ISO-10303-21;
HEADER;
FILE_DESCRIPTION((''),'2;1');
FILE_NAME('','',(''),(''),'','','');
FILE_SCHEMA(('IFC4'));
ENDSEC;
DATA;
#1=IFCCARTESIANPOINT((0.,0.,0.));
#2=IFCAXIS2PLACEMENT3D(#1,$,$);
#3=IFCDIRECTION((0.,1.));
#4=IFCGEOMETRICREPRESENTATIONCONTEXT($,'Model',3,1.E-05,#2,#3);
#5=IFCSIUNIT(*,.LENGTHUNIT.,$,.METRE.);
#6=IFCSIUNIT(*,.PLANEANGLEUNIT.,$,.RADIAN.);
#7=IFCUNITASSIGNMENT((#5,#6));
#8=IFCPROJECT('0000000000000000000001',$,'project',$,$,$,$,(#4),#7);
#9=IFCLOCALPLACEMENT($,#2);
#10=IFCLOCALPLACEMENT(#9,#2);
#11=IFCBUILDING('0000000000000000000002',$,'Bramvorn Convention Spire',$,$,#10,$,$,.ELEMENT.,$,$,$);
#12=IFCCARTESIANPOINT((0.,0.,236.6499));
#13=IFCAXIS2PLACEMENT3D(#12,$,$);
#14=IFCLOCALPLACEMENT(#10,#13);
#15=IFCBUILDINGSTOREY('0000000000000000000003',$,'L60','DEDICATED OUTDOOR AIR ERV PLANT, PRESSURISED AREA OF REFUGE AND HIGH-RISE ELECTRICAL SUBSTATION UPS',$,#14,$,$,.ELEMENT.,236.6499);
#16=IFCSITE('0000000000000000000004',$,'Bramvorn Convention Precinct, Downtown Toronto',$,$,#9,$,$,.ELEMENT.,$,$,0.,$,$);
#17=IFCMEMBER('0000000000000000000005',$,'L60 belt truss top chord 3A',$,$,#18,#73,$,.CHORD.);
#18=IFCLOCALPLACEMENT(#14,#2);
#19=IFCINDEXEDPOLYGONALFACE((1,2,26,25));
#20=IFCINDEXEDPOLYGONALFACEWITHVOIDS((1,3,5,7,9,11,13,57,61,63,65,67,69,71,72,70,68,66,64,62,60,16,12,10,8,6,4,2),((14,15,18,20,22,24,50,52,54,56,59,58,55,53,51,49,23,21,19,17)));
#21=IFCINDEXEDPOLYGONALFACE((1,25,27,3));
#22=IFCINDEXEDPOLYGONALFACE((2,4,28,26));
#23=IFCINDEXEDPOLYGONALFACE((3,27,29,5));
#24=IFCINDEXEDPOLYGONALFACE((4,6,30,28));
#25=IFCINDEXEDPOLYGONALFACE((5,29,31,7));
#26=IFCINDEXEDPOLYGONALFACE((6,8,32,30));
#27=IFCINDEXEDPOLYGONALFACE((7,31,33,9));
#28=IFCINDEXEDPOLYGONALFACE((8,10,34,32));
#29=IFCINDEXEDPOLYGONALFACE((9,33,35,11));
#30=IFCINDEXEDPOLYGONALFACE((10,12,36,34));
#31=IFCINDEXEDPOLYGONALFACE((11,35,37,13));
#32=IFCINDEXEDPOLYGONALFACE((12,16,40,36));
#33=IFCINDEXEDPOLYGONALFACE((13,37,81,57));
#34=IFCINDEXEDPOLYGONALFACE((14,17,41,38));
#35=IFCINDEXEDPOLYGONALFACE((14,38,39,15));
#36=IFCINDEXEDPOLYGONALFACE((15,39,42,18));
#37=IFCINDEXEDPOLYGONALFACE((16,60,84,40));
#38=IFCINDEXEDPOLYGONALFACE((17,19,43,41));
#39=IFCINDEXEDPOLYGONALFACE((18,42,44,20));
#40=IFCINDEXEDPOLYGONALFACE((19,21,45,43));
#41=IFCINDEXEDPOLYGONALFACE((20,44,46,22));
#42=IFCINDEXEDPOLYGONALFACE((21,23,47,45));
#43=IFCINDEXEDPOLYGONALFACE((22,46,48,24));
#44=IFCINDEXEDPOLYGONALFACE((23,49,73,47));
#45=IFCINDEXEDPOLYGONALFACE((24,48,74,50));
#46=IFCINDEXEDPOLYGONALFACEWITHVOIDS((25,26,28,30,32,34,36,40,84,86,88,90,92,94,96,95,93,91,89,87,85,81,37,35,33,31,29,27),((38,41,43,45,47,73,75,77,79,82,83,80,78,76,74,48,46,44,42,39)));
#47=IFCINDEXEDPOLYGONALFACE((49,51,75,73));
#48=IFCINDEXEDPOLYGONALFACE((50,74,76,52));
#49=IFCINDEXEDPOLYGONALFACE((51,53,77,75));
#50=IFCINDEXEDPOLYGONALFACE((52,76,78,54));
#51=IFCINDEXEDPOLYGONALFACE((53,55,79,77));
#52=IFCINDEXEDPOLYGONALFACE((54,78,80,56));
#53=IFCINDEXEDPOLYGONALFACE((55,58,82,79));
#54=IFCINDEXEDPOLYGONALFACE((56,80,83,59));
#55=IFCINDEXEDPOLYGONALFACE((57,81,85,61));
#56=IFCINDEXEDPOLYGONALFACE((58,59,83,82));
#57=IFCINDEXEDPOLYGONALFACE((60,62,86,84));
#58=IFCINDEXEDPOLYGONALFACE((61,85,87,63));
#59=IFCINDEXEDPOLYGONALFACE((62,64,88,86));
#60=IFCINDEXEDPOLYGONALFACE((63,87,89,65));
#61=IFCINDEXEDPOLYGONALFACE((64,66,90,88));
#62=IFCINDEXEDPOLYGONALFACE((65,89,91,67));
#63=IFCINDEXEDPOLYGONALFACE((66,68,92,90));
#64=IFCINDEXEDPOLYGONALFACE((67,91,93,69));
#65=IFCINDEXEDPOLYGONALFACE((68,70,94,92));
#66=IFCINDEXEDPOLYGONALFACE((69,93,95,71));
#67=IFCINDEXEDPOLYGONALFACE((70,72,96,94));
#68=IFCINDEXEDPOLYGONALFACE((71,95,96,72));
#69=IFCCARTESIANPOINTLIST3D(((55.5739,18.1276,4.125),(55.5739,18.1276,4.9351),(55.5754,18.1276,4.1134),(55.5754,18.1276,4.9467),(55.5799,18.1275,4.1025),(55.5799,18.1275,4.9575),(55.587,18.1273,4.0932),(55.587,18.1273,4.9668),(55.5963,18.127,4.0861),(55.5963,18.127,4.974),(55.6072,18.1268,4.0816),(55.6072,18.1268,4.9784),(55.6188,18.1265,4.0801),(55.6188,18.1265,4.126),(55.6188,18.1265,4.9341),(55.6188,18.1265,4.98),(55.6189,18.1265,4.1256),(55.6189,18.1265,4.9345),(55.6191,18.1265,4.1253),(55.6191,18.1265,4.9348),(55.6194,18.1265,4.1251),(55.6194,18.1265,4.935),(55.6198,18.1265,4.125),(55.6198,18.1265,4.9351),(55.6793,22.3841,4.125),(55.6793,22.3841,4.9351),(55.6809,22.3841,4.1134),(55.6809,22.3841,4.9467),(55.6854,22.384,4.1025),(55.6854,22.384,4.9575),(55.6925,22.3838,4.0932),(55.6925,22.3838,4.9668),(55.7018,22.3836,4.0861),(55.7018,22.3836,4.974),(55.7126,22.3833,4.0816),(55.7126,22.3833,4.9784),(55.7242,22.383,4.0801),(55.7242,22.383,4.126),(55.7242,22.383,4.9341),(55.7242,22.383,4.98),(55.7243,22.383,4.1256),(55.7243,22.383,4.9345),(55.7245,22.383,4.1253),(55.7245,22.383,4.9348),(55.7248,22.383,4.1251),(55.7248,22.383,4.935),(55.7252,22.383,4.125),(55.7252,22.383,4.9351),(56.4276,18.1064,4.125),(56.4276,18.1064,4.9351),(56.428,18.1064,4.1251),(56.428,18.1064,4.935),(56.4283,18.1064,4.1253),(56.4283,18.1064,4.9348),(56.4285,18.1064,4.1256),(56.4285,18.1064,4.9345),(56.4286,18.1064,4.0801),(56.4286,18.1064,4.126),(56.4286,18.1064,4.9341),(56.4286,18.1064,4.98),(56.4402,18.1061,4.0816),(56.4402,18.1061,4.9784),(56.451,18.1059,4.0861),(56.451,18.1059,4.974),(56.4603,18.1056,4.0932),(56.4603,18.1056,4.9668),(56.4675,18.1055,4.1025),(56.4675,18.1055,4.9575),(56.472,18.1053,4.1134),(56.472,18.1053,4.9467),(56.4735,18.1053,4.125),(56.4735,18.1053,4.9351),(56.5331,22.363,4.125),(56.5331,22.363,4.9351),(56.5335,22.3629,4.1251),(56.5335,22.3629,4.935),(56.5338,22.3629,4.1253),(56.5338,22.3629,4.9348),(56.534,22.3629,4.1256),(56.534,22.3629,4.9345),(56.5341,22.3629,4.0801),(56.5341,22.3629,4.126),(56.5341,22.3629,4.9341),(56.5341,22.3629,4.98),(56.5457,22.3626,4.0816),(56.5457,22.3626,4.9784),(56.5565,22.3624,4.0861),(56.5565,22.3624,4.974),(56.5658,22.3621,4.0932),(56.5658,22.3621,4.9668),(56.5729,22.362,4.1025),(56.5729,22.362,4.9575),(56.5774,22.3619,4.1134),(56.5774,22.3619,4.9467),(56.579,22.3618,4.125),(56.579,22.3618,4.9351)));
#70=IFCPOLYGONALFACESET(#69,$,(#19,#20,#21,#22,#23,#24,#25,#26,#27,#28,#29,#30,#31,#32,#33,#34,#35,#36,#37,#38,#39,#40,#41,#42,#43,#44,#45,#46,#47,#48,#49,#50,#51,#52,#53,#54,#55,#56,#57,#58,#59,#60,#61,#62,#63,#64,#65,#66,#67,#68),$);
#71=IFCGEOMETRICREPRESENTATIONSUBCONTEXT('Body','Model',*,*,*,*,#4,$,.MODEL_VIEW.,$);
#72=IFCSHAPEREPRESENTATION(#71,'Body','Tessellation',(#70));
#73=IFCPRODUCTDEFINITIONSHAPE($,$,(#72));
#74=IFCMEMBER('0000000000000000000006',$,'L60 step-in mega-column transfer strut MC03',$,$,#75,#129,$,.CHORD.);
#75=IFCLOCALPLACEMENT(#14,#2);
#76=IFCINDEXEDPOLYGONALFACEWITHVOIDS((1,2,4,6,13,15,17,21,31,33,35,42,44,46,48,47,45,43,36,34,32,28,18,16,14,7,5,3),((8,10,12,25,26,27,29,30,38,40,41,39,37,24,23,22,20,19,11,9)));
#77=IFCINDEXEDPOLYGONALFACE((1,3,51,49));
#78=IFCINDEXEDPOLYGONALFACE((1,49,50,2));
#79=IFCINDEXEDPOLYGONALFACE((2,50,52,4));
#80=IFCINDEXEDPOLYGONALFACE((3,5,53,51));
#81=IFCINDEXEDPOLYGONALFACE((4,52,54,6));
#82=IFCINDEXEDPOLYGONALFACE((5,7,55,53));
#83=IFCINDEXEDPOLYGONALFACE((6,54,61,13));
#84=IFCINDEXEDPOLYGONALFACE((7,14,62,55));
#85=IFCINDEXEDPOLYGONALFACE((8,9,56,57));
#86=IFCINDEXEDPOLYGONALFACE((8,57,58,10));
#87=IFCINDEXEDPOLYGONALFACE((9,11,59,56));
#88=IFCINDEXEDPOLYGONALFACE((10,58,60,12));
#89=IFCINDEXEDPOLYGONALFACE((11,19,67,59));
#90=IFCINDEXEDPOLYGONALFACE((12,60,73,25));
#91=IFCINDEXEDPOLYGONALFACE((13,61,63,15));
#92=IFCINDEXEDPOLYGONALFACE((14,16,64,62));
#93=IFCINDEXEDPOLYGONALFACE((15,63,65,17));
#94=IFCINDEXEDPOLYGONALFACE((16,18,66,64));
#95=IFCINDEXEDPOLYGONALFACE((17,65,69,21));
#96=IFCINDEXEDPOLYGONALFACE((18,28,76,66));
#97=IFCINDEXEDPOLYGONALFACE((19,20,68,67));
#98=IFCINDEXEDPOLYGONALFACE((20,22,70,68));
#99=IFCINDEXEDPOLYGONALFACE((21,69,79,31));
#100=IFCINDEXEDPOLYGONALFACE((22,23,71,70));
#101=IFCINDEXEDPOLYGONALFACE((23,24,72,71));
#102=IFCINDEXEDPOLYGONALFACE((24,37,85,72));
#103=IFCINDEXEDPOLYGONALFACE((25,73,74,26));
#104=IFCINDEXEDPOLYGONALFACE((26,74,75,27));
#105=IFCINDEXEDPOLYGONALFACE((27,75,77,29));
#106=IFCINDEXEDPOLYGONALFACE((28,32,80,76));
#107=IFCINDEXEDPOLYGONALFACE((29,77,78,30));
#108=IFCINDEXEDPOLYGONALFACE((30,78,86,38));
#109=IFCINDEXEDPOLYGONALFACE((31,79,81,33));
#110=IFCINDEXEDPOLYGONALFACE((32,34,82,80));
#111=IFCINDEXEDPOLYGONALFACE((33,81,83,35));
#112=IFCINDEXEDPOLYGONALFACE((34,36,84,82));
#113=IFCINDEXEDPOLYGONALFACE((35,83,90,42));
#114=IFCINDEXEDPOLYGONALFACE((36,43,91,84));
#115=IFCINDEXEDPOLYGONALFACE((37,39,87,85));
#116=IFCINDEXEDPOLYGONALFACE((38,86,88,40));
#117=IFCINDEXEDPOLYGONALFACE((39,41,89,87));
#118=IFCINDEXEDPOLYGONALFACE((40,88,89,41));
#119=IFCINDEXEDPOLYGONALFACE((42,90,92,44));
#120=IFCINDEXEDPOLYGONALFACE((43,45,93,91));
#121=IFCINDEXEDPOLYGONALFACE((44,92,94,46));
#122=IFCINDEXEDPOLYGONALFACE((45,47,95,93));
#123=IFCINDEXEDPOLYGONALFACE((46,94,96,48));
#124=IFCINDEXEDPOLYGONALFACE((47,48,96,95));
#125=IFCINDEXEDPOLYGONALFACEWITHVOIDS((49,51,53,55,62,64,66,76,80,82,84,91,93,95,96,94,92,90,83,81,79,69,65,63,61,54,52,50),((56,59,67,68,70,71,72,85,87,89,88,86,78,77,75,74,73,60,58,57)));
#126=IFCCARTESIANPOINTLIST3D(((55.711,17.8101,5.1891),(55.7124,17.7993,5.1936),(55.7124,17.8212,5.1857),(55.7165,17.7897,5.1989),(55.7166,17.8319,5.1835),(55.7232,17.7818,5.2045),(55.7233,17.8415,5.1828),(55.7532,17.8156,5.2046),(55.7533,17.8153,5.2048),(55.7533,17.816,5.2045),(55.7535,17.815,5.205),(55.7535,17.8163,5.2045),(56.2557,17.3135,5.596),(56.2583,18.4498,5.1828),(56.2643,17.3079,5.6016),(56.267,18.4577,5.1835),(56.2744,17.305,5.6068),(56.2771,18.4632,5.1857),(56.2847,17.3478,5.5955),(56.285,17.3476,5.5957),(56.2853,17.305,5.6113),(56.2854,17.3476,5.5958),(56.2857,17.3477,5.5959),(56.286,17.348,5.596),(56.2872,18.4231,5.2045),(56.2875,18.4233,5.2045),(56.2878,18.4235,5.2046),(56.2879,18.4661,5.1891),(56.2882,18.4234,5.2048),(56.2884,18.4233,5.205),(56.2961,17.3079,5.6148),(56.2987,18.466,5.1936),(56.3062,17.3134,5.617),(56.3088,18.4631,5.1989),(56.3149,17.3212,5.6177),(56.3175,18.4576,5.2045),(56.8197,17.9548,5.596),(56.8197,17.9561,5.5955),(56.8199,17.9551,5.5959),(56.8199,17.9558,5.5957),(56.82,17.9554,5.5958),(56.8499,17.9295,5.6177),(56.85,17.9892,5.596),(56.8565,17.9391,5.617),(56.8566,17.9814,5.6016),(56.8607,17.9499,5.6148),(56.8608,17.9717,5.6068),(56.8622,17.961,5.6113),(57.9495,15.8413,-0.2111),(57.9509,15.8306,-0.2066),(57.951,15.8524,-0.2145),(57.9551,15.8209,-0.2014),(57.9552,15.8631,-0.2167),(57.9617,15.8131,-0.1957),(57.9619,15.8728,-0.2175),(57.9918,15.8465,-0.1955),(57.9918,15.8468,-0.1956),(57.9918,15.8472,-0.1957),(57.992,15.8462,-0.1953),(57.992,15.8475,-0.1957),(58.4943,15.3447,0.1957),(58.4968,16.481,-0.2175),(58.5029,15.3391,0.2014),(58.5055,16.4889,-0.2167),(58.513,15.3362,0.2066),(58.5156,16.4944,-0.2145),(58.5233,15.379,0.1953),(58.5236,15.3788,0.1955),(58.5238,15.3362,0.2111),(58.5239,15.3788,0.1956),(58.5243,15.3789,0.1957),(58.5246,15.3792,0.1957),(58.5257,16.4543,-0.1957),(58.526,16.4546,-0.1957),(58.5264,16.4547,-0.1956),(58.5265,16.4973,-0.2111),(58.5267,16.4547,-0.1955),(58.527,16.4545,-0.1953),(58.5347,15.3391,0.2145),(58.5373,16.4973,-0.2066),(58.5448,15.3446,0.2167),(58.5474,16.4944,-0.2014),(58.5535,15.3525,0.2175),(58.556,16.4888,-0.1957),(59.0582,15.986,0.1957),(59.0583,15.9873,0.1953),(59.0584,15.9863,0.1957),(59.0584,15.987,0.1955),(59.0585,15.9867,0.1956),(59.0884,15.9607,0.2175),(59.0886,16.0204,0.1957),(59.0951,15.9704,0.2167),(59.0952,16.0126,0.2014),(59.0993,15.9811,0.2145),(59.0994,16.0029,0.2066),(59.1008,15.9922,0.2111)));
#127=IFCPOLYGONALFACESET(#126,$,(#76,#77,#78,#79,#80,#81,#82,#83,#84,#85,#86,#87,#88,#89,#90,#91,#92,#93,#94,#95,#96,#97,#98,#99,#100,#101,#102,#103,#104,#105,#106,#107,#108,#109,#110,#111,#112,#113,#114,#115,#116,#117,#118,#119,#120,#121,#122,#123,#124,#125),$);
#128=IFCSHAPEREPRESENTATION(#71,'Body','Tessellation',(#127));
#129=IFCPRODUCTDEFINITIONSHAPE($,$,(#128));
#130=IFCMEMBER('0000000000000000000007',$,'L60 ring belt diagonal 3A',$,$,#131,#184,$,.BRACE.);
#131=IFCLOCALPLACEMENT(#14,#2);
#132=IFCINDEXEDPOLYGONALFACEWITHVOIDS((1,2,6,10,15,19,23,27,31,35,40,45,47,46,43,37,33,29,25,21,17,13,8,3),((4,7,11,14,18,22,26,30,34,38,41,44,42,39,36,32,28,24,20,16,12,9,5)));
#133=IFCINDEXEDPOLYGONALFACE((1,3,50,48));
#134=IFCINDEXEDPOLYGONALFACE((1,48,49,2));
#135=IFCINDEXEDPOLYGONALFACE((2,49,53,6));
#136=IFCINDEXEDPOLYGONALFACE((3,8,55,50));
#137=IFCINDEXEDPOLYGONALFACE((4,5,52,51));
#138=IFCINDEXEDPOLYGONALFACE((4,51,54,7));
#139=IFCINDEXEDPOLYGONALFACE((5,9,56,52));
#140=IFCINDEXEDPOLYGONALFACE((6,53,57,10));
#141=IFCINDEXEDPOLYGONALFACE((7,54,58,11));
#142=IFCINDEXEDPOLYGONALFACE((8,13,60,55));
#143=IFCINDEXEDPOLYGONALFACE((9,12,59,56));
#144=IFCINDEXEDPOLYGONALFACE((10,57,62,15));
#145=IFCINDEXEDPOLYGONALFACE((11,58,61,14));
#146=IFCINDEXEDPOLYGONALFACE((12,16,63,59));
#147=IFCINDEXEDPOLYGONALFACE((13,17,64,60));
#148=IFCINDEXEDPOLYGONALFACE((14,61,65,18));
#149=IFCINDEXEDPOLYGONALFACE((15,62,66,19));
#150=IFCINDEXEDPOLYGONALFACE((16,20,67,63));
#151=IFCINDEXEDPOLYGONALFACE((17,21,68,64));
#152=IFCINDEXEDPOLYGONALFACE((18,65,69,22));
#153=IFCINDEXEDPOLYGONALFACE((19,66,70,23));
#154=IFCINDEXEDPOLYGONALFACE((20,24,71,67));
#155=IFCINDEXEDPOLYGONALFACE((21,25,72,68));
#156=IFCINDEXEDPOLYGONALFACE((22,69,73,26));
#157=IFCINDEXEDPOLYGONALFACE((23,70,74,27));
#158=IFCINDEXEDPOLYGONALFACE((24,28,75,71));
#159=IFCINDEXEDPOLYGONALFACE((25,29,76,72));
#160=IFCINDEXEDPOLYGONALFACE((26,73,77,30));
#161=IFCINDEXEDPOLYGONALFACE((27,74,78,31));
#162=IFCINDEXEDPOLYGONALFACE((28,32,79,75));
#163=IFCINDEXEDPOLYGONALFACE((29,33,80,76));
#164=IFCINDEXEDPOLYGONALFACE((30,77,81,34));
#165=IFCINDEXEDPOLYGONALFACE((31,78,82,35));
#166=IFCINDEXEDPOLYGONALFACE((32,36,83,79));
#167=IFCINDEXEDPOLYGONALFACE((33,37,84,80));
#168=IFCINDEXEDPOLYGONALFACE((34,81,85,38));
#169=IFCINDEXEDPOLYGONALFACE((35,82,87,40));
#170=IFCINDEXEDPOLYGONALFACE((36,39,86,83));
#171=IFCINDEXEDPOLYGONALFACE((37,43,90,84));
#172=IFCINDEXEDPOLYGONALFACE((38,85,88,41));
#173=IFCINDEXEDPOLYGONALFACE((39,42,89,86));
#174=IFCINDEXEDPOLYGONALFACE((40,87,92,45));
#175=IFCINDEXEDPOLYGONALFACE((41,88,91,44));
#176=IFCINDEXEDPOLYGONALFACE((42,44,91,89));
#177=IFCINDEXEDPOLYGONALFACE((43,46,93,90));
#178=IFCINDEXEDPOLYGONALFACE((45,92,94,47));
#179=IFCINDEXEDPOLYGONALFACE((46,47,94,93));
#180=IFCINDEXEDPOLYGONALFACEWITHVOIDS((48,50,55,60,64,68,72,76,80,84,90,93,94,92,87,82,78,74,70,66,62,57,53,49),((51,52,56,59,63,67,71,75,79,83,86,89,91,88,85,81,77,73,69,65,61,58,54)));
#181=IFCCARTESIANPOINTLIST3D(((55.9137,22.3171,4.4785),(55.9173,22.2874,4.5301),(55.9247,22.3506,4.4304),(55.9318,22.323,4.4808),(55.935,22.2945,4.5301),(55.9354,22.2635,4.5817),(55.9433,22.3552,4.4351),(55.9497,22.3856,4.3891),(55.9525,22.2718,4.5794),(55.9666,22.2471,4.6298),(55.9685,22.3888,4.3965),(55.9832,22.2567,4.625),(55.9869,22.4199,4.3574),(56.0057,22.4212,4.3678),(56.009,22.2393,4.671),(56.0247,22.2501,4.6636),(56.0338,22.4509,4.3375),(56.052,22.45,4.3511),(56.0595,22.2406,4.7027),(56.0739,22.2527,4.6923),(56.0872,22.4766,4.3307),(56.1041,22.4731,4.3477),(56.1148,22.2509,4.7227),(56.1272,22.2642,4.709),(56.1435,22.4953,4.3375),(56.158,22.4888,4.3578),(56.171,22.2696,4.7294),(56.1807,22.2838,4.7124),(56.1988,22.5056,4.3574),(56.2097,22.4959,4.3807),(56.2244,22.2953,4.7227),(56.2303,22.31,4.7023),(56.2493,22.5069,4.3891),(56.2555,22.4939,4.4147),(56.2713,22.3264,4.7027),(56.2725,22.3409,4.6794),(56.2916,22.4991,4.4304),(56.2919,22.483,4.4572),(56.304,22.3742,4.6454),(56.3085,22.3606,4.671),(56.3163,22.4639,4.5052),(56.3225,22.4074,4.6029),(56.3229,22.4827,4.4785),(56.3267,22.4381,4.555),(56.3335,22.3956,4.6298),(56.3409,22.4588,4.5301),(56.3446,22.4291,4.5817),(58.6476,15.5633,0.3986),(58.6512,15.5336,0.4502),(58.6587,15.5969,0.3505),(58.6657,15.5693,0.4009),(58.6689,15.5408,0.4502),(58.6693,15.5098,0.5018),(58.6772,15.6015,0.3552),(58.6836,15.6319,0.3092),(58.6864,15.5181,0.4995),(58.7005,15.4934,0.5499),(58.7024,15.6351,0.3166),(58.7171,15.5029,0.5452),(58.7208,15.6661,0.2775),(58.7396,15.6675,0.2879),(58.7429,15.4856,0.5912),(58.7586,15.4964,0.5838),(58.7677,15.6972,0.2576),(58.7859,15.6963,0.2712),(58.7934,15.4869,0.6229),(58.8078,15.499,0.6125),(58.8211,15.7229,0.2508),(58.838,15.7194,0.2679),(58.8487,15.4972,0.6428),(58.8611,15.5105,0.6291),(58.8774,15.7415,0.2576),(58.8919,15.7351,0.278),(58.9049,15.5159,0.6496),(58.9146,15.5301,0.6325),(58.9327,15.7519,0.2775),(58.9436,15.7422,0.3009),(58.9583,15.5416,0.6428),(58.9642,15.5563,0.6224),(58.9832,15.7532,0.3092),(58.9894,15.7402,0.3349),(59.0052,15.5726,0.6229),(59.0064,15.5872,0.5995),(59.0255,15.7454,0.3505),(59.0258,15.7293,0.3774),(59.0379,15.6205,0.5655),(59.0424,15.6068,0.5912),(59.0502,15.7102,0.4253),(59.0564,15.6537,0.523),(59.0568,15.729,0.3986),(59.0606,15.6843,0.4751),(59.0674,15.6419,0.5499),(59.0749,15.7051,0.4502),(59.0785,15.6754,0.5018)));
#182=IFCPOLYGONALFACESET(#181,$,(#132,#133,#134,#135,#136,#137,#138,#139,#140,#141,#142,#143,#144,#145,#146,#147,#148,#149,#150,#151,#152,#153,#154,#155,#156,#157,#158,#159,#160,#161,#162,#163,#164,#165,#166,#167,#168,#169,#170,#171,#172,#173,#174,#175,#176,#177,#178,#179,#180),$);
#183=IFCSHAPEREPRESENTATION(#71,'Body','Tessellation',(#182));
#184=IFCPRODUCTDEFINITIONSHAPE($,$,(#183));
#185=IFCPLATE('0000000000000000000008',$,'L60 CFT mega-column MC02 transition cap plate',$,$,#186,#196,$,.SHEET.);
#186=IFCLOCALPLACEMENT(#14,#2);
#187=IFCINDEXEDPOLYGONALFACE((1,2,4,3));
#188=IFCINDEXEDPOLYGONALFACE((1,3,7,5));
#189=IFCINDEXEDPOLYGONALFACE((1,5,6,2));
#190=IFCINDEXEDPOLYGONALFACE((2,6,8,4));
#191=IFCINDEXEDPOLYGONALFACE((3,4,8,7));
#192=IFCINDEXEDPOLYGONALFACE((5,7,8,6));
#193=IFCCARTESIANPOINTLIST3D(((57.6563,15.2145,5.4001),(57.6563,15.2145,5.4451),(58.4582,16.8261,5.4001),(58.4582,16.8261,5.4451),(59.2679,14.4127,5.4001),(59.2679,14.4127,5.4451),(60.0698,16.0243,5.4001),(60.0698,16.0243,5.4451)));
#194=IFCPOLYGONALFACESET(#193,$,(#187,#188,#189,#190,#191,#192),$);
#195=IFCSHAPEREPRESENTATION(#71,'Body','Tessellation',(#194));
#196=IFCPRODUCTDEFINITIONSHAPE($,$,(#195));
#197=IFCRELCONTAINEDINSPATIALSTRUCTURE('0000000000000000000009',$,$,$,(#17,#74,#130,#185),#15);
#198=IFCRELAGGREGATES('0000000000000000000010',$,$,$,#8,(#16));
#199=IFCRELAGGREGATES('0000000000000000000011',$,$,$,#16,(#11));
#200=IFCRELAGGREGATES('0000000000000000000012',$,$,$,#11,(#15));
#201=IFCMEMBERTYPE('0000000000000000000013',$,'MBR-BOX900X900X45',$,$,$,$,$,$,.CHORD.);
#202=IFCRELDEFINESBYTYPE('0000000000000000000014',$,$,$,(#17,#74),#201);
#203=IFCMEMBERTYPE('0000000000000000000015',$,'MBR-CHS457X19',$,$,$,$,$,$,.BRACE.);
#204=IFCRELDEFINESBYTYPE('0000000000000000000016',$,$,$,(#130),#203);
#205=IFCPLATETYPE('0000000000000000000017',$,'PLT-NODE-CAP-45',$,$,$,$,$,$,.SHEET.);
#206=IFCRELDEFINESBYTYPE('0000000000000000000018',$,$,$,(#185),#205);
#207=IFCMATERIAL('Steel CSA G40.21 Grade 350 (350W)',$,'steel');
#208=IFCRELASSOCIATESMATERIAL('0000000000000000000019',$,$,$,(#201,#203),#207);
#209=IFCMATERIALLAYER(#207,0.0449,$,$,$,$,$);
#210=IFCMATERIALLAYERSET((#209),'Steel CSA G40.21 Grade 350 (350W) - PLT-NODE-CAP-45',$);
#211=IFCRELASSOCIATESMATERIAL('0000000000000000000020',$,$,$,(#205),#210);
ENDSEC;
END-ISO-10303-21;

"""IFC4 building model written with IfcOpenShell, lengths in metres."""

from ifc_helpers import new_model, si_unit, direction, frame, origin, origin_2d, place, context, subcontext, project, spatial, rectangle, hollow_rectangle, hollow_circle, extrude, material, layer, layer_set, material_profile, profile_set, type_object, element, save


model = new_model("IFC4")

# Units and contexts
model_context = context("Model", 3, precision=1e-05, world=origin(), true_north=direction((0.0, 1.0)))
body_context = subcontext(model_context, "Body", "Model", "MODEL_VIEW")
ifc_project = project(units=[si_unit("LENGTHUNIT", "METRE"), si_unit("PLANEANGLEUNIT", "RADIAN")], contexts=[model_context])

# Site, building, storey
site_placement = place(None, origin())
site = spatial("IfcSite", under=ifc_project, at=site_placement, Name="Bramvorn Convention Precinct, Downtown Toronto", CompositionType="ELEMENT", RefElevation=0.0)
building_placement = place(site_placement, origin())
building = spatial("IfcBuilding", under=site, at=building_placement, Name="Bramvorn Convention Spire", CompositionType="ELEMENT")
storey_placement = place(building_placement, frame((0.0, 0.0, 236.6499)))
storey = spatial("IfcBuildingStorey", under=building, at=storey_placement, Name="L60", Description="DEDICATED OUTDOOR AIR ERV PLANT, PRESSURISED AREA OF REFUGE AND HIGH-RISE ELECTRICAL SUBSTATION UPS", CompositionType="ELEMENT", Elevation=236.6499)

# Shared definitions
ifc_material_1 = material(Name="Steel CSA G40.21 Grade 350 (350W)", Category="steel")

# Members
ifc_material_profile_1 = material_profile(ifc_material_1, hollow_rectangle(XDim=0.8999, YDim=0.8999, WallThickness=0.0449, InnerFilletRadius=0.001, OuterFilletRadius=0.0449, at=origin_2d()))
ifc_profile_set_1 = profile_set([ifc_material_profile_1], Name="Steel CSA G40.21 Grade 350 (350W) - BOX900X900X45")
member_type_1 = type_object("IfcMemberType", Name="MBR-BOX900X900X45", PredefinedType="CHORD", material=ifc_profile_set_1)
member_1_placement = place(storey_placement, frame((56.0237, 18.1165, 4.53), z_axis=(0.02477, 0.999693, 0.0), x_axis=(-0.999693, 0.02477, 0.0)))
element("IfcMember", 1, at=member_1_placement, inside=storey, type_object=member_type_1, Name="L60 belt truss top chord 3A", PredefinedType="CHORD", context=body_context, shape_type="SweptSolid", body=[
    extrude(hollow_rectangle(XDim=0.8999, YDim=0.8999, WallThickness=0.0449, InnerFilletRadius=0.001, OuterFilletRadius=0.0449, at=origin_2d()), origin(), (0.0, 0.0, 1.0), 4.2578),
])
member_2_placement = place(storey_placement, frame((58.5251, 15.9167, 0.0), z_axis=(-0.362905, 0.31917, 0.87546), x_axis=(-0.66041, -0.750905, 0.0)))
element("IfcMember", 2, at=member_2_placement, inside=storey, type_object=member_type_1, Name="L60 step-in mega-column transfer strut MC03", PredefinedType="CHORD", context=body_context, shape_type="SweptSolid", body=[
    extrude(hollow_rectangle(XDim=0.8999, YDim=0.8999, WallThickness=0.0449, InnerFilletRadius=0.001, OuterFilletRadius=0.0449, at=origin_2d()), origin(), (0.0, 0.0, 1.0), 6.1685),
])
ifc_material_profile_2 = material_profile(ifc_material_1, hollow_circle(Radius=0.2285, WallThickness=0.019, at=origin_2d()))
ifc_profile_set_2 = profile_set([ifc_material_profile_2], Name="Steel CSA G40.21 Grade 350 (350W) - CHS457X19")
member_type_2 = type_object("IfcMemberType", Name="MBR-CHS457X19", PredefinedType="BRACE", material=ifc_profile_set_2)
member_3_placement = place(storey_placement, frame((58.863, 15.6194, 0.4502), z_axis=(-0.327391, 0.808772, 0.488573), x_axis=(-0.926934, -0.375224, 0.0)))
element("IfcMember", 3, at=member_3_placement, inside=storey, type_object=member_type_2, Name="L60 ring belt diagonal 3A", PredefinedType="BRACE", context=body_context, shape_type="SweptSolid", body=[
    extrude(hollow_circle(Radius=0.2285, WallThickness=0.019, at=origin_2d()), origin(), (0.0, 0.0, 1.0), 8.3506),
])

# Plate
ifc_layer_1 = layer(ifc_material_1, 0.0449)
ifc_layer_set_1 = layer_set([ifc_layer_1], Name="Steel CSA G40.21 Grade 350 (350W) - PLT-NODE-CAP-45")
plate_type_1 = type_object("IfcPlateType", Name="PLT-NODE-CAP-45", PredefinedType="SHEET", material=ifc_layer_set_1)
plate_placement = place(storey_placement, frame((58.863, 15.6194, 5.4001), z_axis=(0.0, 0.0, 1.0), x_axis=(0.895302, -0.44546, 0.0)))
element("IfcPlate", 4, at=plate_placement, inside=storey, type_object=plate_type_1, Name="L60 CFT mega-column MC02 transition cap plate", PredefinedType="SHEET", context=body_context, shape_type="SweptSolid", body=[
    extrude(rectangle(XDim=1.8, YDim=1.8, at=origin_2d()), origin(), (0.0, 0.0, 1.0), 0.0449),
])

save(model, "model.ifc")
